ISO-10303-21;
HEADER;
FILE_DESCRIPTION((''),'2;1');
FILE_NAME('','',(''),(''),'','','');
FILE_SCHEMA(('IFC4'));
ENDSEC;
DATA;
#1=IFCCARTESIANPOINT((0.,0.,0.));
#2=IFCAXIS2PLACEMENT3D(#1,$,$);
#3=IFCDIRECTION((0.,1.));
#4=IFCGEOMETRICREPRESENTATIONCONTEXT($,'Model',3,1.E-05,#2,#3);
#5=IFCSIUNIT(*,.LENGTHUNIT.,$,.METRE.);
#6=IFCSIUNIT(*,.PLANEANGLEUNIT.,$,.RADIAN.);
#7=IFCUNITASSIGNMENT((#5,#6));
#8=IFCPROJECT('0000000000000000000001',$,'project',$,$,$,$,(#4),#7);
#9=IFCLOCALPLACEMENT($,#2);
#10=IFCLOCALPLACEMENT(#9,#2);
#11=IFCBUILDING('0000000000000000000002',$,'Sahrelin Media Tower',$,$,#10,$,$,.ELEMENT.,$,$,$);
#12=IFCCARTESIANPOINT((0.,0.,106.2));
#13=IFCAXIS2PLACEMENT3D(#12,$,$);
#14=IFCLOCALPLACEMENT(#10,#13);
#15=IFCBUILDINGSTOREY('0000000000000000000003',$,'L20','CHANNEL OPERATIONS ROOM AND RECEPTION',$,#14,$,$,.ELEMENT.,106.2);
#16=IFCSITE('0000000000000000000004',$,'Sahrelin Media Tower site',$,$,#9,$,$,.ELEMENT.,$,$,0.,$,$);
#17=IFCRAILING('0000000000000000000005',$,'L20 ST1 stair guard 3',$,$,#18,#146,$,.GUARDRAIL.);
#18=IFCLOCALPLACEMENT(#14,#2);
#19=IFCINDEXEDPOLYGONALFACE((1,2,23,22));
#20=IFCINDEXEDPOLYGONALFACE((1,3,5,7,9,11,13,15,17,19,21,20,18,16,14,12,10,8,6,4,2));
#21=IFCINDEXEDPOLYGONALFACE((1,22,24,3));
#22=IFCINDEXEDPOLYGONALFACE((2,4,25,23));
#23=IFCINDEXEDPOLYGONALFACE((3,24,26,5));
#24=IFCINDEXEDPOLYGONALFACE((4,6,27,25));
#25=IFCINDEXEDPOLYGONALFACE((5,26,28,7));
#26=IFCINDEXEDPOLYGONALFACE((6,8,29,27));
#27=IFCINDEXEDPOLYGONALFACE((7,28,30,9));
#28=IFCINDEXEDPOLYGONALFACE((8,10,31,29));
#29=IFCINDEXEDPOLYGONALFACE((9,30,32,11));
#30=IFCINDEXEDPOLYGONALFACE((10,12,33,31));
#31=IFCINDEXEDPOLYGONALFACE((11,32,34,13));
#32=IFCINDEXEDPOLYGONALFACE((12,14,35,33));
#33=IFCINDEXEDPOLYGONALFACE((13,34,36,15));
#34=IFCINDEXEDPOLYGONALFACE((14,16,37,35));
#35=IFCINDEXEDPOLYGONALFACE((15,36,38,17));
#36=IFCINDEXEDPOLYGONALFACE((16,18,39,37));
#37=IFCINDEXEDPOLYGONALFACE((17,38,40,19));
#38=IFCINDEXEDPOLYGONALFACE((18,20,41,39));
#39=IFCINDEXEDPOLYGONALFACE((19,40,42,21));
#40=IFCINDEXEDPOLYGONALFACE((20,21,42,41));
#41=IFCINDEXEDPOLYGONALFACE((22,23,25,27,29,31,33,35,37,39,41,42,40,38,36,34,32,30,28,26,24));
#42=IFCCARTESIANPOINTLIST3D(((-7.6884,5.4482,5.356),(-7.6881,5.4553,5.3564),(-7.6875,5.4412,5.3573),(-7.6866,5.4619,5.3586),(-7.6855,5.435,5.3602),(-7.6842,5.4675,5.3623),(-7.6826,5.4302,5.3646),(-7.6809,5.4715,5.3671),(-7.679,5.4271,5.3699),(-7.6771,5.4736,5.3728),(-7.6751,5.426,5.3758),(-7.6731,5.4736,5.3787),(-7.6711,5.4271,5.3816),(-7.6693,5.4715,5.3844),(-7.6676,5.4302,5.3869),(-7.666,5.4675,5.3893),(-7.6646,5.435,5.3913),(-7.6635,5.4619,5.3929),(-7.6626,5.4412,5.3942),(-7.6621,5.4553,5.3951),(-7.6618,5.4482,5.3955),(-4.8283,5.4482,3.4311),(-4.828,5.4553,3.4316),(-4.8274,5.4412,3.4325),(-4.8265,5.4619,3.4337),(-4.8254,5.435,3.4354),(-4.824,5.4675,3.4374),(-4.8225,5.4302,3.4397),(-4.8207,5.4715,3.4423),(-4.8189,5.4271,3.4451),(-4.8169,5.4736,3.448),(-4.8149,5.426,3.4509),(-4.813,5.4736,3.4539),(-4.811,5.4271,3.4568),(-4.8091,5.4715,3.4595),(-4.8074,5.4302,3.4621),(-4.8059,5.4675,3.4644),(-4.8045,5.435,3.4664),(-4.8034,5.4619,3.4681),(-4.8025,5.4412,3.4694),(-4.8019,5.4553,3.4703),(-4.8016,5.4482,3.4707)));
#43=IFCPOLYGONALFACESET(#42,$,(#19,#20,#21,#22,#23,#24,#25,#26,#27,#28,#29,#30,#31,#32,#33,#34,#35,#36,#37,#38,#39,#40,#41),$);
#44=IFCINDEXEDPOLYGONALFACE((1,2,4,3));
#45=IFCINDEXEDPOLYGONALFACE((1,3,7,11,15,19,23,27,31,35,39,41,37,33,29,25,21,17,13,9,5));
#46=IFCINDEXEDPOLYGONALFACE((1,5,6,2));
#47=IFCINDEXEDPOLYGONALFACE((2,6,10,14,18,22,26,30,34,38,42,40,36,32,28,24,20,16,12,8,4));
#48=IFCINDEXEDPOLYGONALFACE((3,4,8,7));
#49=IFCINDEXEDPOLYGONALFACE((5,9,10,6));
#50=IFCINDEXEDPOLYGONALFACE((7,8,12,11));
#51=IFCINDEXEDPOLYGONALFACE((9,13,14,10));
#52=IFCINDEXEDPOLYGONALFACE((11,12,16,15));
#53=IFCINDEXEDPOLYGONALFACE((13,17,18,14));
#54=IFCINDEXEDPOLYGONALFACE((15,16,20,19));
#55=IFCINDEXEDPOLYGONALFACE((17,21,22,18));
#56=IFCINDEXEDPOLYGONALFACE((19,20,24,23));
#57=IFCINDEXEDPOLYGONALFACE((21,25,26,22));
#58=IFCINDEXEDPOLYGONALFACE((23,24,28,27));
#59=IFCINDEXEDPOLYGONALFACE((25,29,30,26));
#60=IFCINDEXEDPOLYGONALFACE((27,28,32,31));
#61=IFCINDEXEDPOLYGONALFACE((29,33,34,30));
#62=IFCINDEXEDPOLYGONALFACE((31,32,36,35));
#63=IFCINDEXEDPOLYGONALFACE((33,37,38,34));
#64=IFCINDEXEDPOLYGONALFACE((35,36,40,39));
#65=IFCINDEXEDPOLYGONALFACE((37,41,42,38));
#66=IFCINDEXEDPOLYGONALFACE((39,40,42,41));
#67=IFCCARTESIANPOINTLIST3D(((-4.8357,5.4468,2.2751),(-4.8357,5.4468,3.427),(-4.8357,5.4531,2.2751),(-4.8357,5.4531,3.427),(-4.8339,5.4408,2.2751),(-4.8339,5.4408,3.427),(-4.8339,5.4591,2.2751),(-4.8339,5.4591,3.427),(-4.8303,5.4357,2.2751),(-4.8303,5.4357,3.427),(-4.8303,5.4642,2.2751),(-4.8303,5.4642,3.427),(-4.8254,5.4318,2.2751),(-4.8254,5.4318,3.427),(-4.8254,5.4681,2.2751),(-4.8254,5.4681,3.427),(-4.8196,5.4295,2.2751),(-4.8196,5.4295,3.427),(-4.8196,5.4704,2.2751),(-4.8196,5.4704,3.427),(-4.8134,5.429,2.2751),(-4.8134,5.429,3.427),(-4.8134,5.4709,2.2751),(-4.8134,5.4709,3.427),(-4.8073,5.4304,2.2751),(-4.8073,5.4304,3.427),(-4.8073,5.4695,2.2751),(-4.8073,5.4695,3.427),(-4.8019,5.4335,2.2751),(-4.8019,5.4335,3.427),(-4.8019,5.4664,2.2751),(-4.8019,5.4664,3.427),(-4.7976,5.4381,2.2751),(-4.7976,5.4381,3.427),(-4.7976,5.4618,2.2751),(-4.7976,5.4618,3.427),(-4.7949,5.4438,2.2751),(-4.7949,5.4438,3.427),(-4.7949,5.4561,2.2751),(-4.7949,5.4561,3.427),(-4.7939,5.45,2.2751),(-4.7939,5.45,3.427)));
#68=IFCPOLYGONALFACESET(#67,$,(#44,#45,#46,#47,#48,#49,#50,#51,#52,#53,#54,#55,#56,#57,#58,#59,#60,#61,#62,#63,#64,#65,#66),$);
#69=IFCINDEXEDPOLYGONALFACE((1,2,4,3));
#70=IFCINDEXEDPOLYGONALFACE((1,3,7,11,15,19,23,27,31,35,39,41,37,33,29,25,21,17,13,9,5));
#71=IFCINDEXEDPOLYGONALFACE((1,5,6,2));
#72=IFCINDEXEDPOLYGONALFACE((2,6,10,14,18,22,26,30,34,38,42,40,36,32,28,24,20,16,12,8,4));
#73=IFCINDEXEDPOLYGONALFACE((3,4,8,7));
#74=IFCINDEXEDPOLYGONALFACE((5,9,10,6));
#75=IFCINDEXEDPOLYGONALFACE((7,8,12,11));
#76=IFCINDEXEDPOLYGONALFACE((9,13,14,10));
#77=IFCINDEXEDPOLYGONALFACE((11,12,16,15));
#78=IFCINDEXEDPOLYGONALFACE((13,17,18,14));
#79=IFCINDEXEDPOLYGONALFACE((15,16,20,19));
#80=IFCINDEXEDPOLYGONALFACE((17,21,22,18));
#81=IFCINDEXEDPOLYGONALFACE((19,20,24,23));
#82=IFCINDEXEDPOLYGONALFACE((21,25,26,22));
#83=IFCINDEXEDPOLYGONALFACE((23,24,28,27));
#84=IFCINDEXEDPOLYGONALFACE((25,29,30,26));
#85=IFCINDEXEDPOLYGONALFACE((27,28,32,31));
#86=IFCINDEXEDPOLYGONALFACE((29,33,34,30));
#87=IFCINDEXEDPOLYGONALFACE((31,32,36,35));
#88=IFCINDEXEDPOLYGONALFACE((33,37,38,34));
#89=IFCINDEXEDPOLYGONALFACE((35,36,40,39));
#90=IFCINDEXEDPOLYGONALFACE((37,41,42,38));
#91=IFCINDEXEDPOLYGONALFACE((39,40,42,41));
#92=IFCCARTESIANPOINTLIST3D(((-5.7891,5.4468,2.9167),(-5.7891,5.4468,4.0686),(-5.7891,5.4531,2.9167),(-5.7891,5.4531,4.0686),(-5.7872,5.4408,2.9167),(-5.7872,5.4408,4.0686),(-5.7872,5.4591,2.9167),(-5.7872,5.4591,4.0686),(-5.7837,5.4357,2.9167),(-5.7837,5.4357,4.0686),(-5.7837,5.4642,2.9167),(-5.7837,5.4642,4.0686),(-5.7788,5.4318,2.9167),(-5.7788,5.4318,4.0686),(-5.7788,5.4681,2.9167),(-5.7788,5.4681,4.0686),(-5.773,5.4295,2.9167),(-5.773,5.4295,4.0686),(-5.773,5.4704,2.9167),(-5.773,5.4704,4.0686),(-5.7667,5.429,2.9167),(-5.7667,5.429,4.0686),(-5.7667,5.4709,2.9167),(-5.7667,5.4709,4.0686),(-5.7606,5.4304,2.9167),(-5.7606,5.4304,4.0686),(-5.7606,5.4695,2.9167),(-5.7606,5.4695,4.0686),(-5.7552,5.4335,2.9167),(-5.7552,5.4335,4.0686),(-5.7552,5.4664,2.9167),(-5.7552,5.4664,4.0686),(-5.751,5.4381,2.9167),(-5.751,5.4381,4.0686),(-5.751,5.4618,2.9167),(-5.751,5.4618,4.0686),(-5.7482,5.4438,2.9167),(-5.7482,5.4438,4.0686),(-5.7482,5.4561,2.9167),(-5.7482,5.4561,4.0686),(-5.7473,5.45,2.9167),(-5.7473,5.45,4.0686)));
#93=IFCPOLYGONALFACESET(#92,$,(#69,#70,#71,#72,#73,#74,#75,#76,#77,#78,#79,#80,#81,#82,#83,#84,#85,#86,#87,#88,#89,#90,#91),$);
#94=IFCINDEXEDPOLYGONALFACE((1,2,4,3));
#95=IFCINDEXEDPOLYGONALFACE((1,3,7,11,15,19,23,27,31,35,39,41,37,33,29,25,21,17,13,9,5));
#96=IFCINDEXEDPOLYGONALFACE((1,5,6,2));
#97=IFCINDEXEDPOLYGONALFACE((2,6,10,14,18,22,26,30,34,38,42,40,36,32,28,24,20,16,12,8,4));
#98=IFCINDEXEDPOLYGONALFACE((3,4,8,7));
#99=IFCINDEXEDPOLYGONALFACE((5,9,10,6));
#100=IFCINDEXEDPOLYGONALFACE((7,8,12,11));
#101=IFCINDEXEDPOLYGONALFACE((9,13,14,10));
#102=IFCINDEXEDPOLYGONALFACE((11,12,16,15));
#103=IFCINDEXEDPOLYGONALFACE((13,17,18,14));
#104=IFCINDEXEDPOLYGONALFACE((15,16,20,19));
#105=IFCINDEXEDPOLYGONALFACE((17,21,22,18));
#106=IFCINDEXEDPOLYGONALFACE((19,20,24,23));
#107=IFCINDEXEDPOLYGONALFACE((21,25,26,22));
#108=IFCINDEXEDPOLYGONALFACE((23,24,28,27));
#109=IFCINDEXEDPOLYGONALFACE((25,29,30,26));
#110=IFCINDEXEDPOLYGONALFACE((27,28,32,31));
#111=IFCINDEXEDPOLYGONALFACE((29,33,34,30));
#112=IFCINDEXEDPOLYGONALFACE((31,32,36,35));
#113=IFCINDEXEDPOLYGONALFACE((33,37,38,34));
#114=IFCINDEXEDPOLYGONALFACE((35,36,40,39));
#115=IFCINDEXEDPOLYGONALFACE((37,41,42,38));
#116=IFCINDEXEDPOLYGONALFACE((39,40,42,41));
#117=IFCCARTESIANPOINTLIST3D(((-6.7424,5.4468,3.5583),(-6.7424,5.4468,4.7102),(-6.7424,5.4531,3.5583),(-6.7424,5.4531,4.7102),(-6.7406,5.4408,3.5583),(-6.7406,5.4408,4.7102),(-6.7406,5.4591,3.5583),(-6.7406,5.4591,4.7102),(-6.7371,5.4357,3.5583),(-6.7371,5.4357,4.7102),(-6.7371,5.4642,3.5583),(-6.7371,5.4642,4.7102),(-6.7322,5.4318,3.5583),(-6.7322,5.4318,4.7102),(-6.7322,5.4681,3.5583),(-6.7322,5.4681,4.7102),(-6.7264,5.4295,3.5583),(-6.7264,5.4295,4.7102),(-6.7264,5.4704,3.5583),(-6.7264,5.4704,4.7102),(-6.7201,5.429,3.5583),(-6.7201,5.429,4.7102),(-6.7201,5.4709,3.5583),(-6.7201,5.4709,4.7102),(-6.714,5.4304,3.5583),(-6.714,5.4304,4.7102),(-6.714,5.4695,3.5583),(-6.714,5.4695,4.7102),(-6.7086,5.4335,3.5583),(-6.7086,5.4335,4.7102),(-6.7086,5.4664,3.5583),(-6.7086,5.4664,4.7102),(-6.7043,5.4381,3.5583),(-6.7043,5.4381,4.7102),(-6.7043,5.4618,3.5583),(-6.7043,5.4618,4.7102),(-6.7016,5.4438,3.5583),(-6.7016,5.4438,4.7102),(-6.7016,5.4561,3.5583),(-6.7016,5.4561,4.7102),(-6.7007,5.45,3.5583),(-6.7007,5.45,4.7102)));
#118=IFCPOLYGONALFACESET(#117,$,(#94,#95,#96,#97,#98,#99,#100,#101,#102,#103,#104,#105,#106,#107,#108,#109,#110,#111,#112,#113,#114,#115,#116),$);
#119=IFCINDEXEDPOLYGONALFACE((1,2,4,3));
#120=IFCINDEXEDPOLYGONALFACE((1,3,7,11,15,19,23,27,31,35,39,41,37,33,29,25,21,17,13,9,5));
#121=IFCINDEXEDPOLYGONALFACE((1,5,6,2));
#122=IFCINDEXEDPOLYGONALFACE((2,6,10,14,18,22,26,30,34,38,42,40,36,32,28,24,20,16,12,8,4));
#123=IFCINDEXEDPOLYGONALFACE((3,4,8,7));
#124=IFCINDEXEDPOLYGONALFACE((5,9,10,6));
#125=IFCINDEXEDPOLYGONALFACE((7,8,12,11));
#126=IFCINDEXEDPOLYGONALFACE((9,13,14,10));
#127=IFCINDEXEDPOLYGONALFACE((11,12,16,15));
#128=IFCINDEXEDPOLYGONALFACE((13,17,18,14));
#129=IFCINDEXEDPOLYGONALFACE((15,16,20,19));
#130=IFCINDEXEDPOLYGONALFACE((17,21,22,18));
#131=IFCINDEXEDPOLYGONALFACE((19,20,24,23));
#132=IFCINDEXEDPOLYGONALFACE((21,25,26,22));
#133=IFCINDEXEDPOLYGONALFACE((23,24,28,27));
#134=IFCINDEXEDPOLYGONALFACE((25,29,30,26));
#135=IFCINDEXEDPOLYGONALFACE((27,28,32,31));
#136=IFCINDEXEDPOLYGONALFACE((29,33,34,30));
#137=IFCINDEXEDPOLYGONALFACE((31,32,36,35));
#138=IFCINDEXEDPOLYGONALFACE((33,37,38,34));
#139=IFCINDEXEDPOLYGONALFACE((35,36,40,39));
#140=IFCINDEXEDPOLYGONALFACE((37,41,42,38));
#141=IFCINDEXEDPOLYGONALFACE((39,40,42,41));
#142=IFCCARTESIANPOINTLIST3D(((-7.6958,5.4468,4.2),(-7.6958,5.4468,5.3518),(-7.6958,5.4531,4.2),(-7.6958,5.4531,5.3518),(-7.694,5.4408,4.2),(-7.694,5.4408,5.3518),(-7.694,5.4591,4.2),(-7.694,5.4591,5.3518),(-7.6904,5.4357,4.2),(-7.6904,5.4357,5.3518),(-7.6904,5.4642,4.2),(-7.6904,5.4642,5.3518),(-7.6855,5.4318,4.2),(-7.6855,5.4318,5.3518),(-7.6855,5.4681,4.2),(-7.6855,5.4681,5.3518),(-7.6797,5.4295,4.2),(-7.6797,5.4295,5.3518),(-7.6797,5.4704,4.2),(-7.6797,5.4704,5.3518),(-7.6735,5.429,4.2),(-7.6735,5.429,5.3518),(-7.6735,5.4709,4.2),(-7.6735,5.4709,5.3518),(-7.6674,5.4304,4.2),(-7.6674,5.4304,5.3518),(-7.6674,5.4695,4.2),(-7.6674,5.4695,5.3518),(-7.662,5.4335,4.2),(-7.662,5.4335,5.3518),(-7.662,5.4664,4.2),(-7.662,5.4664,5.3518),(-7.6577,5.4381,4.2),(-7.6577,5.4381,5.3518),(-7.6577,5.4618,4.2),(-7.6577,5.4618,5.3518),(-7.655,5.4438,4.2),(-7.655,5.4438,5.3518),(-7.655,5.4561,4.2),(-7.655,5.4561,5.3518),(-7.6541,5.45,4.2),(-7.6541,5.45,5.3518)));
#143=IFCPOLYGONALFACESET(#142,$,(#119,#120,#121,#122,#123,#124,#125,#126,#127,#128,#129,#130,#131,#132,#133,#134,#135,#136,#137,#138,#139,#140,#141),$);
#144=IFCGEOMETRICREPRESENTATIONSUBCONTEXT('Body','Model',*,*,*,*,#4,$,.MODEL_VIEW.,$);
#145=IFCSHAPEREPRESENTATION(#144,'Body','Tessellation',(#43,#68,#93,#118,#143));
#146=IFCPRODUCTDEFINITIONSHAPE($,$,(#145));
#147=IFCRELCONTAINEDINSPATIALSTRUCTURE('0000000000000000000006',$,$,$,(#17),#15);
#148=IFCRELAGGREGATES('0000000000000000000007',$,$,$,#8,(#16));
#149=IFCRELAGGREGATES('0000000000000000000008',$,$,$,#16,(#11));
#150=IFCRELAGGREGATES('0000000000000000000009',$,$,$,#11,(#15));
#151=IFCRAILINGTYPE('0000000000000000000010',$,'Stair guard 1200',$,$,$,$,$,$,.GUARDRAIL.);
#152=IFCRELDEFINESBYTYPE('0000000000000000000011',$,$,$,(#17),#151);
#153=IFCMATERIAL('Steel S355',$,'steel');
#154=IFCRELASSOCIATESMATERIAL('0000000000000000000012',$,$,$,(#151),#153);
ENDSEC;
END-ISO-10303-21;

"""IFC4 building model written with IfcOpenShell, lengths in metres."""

from ifc_helpers import new_model, si_unit, direction, frame, origin, origin_2d, place, context, subcontext, project, spatial, circle, extrude, material, type_object, element, save


model = new_model("IFC4")

# Units and contexts
model_context = context("Model", 3, precision=1e-05, world=origin(), true_north=direction((0.0, 1.0)))
body_context = subcontext(model_context, "Body", "Model", "MODEL_VIEW")
ifc_project = project(units=[si_unit("LENGTHUNIT", "METRE"), si_unit("PLANEANGLEUNIT", "RADIAN")], contexts=[model_context])

# Site, building, storey
site_placement = place(None, origin())
site = spatial("IfcSite", under=ifc_project, at=site_placement, Name="Sahrelin Media Tower site", CompositionType="ELEMENT", RefElevation=0.0)
building_placement = place(site_placement, origin())
building = spatial("IfcBuilding", under=site, at=building_placement, Name="Sahrelin Media Tower", CompositionType="ELEMENT")
storey_placement = place(building_placement, frame((0.0, 0.0, 106.2)))
storey = spatial("IfcBuildingStorey", under=building, at=storey_placement, Name="L20", Description="CHANNEL OPERATIONS ROOM AND RECEPTION", CompositionType="ELEMENT", Elevation=106.2)

# Shared definitions
ifc_material_1 = material(Name="Steel S355", Category="steel")

# Railing
railing_type_1 = type_object("IfcRailingType", Name="Stair guard 1200", PredefinedType="GUARDRAIL", material=ifc_material_1)
railing_1_placement = place(storey_placement, frame((-4.8149, 5.45, 2.2751)))
element("IfcRailing", 1, at=railing_1_placement, inside=storey, type_object=railing_type_1, Name="L20 ST1 stair guard 3", PredefinedType="GUARDRAIL", context=body_context, shape_type="SweptSolid", body=[
    extrude(circle(Radius=0.0239, at=origin_2d()), frame((0.0, 0.0, 1.1758), z_axis=(-0.829624, 0.0, 0.558323), x_axis=(0.0, -1.0, 0.0)), (0.0, 0.0, 1.0), 3.4475),
    extrude(circle(Radius=0.021, at=origin_2d()), origin(), (0.0, 0.0, 1.0), 1.1519),
    extrude(circle(Radius=0.021, at=origin_2d()), frame((-0.9534, 0.0, 0.6416)), (0.0, 0.0, 1.0), 1.1519),
    extrude(circle(Radius=0.021, at=origin_2d()), frame((-1.9067, 0.0, 1.2832)), (0.0, 0.0, 1.0), 1.1519),
    extrude(circle(Radius=0.021, at=origin_2d()), frame((-2.8601, 0.0, 1.9248)), (0.0, 0.0, 1.0), 1.1519),
])

save(model, "model.ifc")
